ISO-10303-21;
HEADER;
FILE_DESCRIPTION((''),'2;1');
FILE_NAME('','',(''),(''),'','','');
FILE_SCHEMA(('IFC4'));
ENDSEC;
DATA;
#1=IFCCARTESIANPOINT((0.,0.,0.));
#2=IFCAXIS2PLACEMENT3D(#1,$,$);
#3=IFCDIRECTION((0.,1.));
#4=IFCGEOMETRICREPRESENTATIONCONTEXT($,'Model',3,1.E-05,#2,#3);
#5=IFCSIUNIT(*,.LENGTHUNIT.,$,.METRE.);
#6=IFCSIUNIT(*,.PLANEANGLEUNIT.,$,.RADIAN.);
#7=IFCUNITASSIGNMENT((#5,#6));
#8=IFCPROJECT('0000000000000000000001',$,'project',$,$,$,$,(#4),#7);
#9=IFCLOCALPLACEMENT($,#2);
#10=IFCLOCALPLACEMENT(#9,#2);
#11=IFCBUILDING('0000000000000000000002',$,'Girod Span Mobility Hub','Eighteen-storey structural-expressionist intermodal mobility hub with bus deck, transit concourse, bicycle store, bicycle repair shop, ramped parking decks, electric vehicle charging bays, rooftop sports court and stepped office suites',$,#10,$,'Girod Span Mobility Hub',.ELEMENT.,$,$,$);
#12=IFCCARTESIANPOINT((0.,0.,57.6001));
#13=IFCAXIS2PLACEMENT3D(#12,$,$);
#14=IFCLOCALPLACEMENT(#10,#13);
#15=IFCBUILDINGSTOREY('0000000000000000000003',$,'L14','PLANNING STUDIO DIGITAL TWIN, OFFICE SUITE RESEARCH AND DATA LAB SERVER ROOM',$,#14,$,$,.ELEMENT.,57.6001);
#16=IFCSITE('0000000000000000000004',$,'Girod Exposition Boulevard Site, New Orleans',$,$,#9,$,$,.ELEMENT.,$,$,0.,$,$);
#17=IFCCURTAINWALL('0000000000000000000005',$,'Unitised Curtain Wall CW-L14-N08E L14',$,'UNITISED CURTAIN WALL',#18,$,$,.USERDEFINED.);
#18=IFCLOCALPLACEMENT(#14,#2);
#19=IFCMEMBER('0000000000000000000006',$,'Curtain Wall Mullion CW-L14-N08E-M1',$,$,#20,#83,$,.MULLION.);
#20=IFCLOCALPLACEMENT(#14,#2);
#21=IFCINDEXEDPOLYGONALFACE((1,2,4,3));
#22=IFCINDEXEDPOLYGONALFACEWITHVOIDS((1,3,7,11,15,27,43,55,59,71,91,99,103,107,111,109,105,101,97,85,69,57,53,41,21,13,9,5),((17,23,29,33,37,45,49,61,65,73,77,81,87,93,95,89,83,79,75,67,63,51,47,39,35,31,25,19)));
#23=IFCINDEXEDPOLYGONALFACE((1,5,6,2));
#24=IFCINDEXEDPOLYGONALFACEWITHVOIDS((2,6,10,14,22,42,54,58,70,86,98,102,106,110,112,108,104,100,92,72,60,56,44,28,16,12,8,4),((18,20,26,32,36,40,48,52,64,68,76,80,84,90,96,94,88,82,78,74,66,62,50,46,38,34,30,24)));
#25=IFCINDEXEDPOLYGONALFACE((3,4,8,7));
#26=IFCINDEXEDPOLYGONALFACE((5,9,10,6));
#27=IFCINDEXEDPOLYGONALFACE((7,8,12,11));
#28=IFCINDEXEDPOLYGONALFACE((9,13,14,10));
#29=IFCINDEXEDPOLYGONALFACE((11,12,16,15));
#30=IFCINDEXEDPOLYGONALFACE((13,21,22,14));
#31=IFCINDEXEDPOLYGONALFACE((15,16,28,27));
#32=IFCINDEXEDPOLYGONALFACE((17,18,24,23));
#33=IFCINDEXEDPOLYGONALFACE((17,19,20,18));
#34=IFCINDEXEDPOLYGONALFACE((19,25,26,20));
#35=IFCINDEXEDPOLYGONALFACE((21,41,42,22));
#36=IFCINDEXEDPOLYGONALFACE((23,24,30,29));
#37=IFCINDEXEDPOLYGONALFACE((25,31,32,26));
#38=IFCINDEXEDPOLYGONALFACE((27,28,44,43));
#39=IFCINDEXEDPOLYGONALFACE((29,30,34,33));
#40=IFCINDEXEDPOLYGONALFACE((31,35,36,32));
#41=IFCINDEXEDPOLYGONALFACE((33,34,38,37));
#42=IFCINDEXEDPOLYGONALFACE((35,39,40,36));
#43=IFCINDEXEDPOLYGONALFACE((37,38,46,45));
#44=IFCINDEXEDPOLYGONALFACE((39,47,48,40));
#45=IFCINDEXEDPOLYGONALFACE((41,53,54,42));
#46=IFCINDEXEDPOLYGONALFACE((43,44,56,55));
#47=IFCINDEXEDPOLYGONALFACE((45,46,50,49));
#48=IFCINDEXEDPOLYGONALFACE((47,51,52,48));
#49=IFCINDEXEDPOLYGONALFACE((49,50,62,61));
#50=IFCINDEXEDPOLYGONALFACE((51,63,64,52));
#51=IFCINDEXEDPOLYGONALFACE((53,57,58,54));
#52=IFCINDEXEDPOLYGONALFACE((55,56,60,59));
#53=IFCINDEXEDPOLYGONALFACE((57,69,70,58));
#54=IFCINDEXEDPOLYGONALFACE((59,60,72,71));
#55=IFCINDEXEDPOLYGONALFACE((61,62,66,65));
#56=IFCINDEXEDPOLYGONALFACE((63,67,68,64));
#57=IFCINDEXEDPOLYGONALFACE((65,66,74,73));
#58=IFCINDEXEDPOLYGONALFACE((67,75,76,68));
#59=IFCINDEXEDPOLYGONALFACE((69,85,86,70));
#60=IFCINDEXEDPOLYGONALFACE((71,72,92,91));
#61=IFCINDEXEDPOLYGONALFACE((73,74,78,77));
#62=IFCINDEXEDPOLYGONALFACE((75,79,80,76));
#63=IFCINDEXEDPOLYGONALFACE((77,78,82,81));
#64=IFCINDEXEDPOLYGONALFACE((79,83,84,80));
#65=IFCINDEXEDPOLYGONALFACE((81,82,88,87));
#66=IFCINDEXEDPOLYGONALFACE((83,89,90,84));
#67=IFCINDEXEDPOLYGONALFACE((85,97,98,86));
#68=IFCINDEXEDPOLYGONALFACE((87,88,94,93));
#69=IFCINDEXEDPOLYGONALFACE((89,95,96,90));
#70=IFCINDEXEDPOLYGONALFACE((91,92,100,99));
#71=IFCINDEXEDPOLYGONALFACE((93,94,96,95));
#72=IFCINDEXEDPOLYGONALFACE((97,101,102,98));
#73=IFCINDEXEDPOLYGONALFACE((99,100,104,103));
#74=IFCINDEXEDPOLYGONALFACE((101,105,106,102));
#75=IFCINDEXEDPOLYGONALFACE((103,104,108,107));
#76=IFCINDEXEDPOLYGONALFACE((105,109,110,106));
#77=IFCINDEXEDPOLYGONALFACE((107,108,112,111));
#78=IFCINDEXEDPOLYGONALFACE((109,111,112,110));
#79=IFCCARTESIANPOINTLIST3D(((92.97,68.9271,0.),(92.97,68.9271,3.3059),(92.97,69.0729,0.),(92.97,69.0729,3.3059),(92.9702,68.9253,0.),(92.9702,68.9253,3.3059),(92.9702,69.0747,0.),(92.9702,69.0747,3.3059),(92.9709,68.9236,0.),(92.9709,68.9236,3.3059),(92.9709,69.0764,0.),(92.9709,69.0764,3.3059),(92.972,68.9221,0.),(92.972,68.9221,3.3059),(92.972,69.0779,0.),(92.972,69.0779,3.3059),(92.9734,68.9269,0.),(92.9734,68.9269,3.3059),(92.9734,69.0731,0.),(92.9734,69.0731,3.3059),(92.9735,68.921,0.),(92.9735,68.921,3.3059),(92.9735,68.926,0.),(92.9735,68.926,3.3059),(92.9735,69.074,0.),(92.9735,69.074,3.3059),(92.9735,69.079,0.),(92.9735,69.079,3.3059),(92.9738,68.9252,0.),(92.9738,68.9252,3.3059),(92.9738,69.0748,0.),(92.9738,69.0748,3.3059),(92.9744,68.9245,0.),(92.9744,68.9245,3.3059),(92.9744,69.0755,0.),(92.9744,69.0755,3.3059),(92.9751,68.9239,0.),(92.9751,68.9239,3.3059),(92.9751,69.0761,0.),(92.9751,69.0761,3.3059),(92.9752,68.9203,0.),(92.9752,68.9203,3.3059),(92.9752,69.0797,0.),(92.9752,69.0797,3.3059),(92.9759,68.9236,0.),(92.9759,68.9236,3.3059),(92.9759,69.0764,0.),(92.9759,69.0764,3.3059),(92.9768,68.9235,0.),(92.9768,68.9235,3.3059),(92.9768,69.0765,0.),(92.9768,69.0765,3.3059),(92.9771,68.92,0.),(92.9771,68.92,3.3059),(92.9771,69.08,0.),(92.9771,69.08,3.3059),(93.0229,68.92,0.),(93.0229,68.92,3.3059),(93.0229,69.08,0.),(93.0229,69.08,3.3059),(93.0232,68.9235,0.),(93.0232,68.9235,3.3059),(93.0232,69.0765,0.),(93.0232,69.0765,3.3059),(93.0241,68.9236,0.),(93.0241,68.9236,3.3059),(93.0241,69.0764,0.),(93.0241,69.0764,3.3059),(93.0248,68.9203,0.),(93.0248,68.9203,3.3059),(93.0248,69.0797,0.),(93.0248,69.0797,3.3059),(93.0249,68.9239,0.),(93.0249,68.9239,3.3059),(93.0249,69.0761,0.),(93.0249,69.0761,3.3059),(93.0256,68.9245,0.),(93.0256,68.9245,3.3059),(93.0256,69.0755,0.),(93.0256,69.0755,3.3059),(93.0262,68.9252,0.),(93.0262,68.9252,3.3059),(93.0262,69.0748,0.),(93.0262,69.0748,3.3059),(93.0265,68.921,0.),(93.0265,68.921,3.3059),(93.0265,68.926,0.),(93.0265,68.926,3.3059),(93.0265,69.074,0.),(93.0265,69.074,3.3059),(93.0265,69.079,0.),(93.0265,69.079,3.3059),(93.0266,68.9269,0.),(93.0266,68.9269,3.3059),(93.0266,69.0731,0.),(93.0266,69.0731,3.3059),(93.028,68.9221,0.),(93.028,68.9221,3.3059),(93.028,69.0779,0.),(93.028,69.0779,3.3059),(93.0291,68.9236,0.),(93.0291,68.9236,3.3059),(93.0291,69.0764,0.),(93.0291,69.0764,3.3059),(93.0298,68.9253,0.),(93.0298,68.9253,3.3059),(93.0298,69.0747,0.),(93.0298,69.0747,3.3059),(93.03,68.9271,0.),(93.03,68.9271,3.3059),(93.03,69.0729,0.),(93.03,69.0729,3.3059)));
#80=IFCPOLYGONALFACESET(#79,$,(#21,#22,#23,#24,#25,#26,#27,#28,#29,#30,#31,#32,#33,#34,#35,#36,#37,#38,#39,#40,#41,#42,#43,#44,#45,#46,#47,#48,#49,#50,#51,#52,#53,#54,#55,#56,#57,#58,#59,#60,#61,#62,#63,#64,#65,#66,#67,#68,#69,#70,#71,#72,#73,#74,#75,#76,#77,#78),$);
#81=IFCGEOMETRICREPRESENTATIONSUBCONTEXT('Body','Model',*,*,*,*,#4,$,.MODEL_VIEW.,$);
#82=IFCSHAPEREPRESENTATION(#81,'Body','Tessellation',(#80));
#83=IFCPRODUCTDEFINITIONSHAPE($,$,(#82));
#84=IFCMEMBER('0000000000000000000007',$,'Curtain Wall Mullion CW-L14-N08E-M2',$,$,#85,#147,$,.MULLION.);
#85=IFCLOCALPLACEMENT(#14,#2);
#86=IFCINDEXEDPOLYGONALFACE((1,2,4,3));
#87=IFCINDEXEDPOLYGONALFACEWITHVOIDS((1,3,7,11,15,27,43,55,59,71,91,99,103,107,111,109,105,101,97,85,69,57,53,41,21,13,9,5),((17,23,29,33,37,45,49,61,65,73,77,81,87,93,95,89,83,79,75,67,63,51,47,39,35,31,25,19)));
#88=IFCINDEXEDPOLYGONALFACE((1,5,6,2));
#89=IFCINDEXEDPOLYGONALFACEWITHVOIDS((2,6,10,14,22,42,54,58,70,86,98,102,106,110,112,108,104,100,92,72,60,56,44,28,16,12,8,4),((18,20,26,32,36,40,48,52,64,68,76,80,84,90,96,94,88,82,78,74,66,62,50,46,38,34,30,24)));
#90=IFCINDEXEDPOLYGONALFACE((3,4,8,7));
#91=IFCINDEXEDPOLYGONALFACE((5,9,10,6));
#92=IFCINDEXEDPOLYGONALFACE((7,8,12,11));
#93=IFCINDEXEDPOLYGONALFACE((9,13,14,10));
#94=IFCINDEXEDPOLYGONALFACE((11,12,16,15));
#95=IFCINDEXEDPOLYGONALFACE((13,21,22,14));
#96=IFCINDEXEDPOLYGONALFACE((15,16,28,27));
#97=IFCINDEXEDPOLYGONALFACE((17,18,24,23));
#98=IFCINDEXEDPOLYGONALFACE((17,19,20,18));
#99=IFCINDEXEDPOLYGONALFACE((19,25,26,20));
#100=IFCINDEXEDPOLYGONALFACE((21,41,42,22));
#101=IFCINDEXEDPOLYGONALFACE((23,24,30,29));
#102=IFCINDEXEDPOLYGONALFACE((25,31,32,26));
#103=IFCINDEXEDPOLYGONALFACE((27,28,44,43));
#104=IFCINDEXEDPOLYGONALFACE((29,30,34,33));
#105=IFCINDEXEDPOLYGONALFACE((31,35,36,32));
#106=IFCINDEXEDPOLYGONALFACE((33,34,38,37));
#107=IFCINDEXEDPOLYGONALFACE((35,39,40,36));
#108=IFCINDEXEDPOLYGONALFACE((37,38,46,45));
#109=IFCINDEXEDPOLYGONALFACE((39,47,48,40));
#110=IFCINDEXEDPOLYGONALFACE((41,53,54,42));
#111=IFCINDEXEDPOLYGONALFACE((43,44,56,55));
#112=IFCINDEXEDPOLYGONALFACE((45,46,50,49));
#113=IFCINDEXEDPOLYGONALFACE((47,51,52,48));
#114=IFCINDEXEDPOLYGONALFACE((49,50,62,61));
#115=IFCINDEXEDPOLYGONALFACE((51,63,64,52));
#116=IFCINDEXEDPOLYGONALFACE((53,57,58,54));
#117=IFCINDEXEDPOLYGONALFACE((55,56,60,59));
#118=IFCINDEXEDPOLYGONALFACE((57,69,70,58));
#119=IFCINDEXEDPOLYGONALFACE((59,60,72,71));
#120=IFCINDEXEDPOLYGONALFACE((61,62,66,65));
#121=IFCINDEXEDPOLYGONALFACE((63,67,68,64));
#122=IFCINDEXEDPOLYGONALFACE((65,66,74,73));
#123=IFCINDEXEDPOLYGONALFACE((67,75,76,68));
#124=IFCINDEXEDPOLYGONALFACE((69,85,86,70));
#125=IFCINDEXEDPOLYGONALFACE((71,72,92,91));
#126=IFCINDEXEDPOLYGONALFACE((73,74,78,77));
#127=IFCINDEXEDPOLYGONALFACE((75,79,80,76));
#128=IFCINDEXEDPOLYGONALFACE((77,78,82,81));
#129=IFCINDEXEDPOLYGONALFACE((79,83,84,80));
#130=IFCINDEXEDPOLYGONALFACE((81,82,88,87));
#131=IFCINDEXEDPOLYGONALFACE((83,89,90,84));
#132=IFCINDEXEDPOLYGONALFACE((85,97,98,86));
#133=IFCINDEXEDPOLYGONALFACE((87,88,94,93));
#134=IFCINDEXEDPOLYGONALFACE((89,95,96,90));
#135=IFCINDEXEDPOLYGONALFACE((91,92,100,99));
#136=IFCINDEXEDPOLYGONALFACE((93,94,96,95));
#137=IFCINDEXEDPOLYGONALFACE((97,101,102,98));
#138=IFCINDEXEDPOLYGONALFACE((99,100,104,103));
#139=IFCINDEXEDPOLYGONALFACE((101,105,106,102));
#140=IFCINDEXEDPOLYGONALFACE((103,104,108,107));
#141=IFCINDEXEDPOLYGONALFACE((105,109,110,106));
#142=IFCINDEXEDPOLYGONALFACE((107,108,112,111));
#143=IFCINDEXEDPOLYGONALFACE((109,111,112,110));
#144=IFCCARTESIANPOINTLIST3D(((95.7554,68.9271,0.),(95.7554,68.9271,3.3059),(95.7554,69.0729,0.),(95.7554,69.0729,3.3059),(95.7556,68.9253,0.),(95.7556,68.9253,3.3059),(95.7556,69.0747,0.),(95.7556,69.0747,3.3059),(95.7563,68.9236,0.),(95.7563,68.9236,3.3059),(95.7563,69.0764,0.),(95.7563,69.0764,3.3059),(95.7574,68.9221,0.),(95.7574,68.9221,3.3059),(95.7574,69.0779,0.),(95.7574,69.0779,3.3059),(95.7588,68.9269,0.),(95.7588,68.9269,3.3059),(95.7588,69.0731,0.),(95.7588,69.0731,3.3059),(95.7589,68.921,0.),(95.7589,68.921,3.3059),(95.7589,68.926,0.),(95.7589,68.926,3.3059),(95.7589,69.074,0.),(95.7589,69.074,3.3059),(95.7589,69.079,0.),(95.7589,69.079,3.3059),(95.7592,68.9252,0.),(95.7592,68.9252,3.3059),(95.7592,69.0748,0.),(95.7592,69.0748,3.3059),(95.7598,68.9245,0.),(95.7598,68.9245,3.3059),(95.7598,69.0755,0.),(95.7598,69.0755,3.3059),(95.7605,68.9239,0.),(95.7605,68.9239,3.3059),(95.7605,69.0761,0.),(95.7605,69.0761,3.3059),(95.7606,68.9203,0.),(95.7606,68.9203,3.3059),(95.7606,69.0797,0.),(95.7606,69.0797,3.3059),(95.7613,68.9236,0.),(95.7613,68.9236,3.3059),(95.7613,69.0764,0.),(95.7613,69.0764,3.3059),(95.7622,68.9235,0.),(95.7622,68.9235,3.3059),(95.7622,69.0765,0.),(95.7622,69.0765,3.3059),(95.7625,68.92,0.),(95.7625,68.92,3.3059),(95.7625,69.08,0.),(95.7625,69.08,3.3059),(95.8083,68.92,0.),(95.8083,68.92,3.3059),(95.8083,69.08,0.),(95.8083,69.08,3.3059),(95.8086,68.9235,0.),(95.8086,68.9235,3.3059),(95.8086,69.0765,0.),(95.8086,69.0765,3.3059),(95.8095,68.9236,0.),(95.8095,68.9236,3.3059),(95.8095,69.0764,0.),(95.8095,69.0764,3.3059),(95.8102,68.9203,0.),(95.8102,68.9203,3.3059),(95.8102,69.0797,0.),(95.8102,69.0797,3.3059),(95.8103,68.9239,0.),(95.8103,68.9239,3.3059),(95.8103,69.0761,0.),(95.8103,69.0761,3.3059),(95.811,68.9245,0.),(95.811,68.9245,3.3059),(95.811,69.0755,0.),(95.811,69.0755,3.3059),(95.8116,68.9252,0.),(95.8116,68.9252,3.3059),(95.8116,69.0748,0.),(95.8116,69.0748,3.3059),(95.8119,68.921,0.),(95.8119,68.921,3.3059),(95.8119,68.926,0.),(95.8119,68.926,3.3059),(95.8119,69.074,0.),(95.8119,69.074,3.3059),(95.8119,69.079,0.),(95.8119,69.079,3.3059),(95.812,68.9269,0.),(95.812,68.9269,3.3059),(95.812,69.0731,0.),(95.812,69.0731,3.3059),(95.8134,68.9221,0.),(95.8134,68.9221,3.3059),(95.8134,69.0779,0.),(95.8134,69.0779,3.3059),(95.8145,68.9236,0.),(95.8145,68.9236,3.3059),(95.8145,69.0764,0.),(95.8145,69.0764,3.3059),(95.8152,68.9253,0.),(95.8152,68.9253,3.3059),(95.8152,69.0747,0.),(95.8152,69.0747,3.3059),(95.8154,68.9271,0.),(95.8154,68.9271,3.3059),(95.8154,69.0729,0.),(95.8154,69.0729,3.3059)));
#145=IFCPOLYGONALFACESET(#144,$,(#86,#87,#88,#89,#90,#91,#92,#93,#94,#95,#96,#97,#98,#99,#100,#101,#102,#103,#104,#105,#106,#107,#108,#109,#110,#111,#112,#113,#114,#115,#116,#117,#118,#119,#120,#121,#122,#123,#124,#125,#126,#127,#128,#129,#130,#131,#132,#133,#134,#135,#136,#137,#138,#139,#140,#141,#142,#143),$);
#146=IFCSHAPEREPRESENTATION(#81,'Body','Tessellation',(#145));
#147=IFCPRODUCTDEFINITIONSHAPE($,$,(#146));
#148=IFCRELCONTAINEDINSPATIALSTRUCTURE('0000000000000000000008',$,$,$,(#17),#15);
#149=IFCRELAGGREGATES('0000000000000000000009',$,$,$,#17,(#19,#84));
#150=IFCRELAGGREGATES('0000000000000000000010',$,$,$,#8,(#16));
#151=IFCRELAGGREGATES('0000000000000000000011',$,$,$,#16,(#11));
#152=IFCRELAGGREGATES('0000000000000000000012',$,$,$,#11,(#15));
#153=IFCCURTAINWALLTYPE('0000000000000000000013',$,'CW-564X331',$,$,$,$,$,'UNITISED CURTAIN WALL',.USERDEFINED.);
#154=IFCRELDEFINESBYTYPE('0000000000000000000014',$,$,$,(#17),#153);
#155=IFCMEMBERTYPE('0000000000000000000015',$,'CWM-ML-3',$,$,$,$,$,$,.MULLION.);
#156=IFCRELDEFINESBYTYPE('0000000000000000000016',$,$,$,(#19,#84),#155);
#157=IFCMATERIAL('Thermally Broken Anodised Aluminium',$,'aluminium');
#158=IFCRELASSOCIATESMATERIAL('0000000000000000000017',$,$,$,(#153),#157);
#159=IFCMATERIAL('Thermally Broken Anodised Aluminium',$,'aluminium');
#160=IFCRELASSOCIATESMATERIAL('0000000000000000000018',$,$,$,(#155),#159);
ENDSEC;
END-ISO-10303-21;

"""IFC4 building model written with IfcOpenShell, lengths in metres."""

from ifc_helpers import new_model, si_unit, direction, frame, origin, origin_2d, place, context, subcontext, project, spatial, hollow_rectangle, extrude, material, material_profile, profile_set, type_object, element, aggregate, save


model = new_model("IFC4")

# Units and contexts
model_context = context("Model", 3, precision=1e-05, world=origin(), true_north=direction((0.0, 1.0)))
body_context = subcontext(model_context, "Body", "Model", "MODEL_VIEW")
ifc_project = project(units=[si_unit("LENGTHUNIT", "METRE"), si_unit("PLANEANGLEUNIT", "RADIAN")], contexts=[model_context])

# Site, building, storey
site_placement = place(None, origin())
site = spatial("IfcSite", under=ifc_project, at=site_placement, Name="Girod Exposition Boulevard Site, New Orleans", CompositionType="ELEMENT", RefElevation=0.0)
building_placement = place(site_placement, origin())
building = spatial("IfcBuilding", under=site, at=building_placement, Name="Girod Span Mobility Hub", Description="Eighteen-storey structural-expressionist intermodal mobility hub with bus deck, transit concourse, bicycle store, bicycle repair shop, ramped parking decks, electric vehicle charging bays, rooftop sports court and stepped office suites", LongName="Girod Span Mobility Hub", CompositionType="ELEMENT")
storey_placement = place(building_placement, frame((0.0, 0.0, 57.6001)))
storey = spatial("IfcBuildingStorey", under=building, at=storey_placement, Name="L14", Description="PLANNING STUDIO DIGITAL TWIN, OFFICE SUITE RESEARCH AND DATA LAB SERVER ROOM", CompositionType="ELEMENT", Elevation=57.6001)

# Curtain wall, members
ifc_material_1 = material(Name="Thermally Broken Anodised Aluminium", Category="aluminium")
curtain_wall_type = type_object("IfcCurtainWallType", Name="CW-564X331", ElementType="UNITISED CURTAIN WALL", PredefinedType="USERDEFINED", material=ifc_material_1)
curtain_wall_1_placement = place(storey_placement, origin())
curtain_wall_1 = element("IfcCurtainWall", 1, at=curtain_wall_1_placement, inside=storey, type_object=curtain_wall_type, Name="Unitised Curtain Wall CW-L14-N08E L14", ObjectType="UNITISED CURTAIN WALL", PredefinedType="USERDEFINED")
ifc_material_2 = material(Name="Thermally Broken Anodised Aluminium", Category="aluminium")
ifc_material_profile_1 = material_profile(ifc_material_2, hollow_rectangle(XDim=0.1599, YDim=0.0601, WallThickness=0.0034, InnerFilletRadius=0.0034, OuterFilletRadius=0.0071, at=origin_2d()), Name="CW-ML-60X160")
ifc_profile_set_1 = profile_set([ifc_material_profile_1], Name="Thermally Broken Anodised Aluminium")
member_type_1 = type_object("IfcMemberType", Name="CWM-ML-3", PredefinedType="MULLION", material=ifc_profile_set_1)
member_1_placement = place(storey_placement, frame((93.0, 69.0, 0.0), z_axis=(0.0, 0.0, 1.0), x_axis=(0.0, 1.0, 0.0)))
member_1 = element("IfcMember", 2, at=member_1_placement, type_object=member_type_1, Name="Curtain Wall Mullion CW-L14-N08E-M1", PredefinedType="MULLION", context=body_context, shape_type="SweptSolid", body=[
    extrude(hollow_rectangle(XDim=0.1599, YDim=0.0601, WallThickness=0.0034, InnerFilletRadius=0.0034, OuterFilletRadius=0.0071, at=origin_2d()), origin(), (0.0, 0.0, 1.0), 3.3059),
])
member_2_placement = place(storey_placement, frame((95.7854, 69.0, 0.0), z_axis=(0.0, 0.0, 1.0), x_axis=(0.0, 1.0, 0.0)))
member_2 = element("IfcMember", 3, at=member_2_placement, type_object=member_type_1, Name="Curtain Wall Mullion CW-L14-N08E-M2", PredefinedType="MULLION", context=body_context, shape_type="SweptSolid", body=[
    extrude(hollow_rectangle(XDim=0.1599, YDim=0.0601, WallThickness=0.0034, InnerFilletRadius=0.0034, OuterFilletRadius=0.0071, at=origin_2d()), origin(), (0.0, 0.0, 1.0), 3.3059),
])

aggregate(curtain_wall_1, [member_1, member_2])

save(model, "model.ifc")
